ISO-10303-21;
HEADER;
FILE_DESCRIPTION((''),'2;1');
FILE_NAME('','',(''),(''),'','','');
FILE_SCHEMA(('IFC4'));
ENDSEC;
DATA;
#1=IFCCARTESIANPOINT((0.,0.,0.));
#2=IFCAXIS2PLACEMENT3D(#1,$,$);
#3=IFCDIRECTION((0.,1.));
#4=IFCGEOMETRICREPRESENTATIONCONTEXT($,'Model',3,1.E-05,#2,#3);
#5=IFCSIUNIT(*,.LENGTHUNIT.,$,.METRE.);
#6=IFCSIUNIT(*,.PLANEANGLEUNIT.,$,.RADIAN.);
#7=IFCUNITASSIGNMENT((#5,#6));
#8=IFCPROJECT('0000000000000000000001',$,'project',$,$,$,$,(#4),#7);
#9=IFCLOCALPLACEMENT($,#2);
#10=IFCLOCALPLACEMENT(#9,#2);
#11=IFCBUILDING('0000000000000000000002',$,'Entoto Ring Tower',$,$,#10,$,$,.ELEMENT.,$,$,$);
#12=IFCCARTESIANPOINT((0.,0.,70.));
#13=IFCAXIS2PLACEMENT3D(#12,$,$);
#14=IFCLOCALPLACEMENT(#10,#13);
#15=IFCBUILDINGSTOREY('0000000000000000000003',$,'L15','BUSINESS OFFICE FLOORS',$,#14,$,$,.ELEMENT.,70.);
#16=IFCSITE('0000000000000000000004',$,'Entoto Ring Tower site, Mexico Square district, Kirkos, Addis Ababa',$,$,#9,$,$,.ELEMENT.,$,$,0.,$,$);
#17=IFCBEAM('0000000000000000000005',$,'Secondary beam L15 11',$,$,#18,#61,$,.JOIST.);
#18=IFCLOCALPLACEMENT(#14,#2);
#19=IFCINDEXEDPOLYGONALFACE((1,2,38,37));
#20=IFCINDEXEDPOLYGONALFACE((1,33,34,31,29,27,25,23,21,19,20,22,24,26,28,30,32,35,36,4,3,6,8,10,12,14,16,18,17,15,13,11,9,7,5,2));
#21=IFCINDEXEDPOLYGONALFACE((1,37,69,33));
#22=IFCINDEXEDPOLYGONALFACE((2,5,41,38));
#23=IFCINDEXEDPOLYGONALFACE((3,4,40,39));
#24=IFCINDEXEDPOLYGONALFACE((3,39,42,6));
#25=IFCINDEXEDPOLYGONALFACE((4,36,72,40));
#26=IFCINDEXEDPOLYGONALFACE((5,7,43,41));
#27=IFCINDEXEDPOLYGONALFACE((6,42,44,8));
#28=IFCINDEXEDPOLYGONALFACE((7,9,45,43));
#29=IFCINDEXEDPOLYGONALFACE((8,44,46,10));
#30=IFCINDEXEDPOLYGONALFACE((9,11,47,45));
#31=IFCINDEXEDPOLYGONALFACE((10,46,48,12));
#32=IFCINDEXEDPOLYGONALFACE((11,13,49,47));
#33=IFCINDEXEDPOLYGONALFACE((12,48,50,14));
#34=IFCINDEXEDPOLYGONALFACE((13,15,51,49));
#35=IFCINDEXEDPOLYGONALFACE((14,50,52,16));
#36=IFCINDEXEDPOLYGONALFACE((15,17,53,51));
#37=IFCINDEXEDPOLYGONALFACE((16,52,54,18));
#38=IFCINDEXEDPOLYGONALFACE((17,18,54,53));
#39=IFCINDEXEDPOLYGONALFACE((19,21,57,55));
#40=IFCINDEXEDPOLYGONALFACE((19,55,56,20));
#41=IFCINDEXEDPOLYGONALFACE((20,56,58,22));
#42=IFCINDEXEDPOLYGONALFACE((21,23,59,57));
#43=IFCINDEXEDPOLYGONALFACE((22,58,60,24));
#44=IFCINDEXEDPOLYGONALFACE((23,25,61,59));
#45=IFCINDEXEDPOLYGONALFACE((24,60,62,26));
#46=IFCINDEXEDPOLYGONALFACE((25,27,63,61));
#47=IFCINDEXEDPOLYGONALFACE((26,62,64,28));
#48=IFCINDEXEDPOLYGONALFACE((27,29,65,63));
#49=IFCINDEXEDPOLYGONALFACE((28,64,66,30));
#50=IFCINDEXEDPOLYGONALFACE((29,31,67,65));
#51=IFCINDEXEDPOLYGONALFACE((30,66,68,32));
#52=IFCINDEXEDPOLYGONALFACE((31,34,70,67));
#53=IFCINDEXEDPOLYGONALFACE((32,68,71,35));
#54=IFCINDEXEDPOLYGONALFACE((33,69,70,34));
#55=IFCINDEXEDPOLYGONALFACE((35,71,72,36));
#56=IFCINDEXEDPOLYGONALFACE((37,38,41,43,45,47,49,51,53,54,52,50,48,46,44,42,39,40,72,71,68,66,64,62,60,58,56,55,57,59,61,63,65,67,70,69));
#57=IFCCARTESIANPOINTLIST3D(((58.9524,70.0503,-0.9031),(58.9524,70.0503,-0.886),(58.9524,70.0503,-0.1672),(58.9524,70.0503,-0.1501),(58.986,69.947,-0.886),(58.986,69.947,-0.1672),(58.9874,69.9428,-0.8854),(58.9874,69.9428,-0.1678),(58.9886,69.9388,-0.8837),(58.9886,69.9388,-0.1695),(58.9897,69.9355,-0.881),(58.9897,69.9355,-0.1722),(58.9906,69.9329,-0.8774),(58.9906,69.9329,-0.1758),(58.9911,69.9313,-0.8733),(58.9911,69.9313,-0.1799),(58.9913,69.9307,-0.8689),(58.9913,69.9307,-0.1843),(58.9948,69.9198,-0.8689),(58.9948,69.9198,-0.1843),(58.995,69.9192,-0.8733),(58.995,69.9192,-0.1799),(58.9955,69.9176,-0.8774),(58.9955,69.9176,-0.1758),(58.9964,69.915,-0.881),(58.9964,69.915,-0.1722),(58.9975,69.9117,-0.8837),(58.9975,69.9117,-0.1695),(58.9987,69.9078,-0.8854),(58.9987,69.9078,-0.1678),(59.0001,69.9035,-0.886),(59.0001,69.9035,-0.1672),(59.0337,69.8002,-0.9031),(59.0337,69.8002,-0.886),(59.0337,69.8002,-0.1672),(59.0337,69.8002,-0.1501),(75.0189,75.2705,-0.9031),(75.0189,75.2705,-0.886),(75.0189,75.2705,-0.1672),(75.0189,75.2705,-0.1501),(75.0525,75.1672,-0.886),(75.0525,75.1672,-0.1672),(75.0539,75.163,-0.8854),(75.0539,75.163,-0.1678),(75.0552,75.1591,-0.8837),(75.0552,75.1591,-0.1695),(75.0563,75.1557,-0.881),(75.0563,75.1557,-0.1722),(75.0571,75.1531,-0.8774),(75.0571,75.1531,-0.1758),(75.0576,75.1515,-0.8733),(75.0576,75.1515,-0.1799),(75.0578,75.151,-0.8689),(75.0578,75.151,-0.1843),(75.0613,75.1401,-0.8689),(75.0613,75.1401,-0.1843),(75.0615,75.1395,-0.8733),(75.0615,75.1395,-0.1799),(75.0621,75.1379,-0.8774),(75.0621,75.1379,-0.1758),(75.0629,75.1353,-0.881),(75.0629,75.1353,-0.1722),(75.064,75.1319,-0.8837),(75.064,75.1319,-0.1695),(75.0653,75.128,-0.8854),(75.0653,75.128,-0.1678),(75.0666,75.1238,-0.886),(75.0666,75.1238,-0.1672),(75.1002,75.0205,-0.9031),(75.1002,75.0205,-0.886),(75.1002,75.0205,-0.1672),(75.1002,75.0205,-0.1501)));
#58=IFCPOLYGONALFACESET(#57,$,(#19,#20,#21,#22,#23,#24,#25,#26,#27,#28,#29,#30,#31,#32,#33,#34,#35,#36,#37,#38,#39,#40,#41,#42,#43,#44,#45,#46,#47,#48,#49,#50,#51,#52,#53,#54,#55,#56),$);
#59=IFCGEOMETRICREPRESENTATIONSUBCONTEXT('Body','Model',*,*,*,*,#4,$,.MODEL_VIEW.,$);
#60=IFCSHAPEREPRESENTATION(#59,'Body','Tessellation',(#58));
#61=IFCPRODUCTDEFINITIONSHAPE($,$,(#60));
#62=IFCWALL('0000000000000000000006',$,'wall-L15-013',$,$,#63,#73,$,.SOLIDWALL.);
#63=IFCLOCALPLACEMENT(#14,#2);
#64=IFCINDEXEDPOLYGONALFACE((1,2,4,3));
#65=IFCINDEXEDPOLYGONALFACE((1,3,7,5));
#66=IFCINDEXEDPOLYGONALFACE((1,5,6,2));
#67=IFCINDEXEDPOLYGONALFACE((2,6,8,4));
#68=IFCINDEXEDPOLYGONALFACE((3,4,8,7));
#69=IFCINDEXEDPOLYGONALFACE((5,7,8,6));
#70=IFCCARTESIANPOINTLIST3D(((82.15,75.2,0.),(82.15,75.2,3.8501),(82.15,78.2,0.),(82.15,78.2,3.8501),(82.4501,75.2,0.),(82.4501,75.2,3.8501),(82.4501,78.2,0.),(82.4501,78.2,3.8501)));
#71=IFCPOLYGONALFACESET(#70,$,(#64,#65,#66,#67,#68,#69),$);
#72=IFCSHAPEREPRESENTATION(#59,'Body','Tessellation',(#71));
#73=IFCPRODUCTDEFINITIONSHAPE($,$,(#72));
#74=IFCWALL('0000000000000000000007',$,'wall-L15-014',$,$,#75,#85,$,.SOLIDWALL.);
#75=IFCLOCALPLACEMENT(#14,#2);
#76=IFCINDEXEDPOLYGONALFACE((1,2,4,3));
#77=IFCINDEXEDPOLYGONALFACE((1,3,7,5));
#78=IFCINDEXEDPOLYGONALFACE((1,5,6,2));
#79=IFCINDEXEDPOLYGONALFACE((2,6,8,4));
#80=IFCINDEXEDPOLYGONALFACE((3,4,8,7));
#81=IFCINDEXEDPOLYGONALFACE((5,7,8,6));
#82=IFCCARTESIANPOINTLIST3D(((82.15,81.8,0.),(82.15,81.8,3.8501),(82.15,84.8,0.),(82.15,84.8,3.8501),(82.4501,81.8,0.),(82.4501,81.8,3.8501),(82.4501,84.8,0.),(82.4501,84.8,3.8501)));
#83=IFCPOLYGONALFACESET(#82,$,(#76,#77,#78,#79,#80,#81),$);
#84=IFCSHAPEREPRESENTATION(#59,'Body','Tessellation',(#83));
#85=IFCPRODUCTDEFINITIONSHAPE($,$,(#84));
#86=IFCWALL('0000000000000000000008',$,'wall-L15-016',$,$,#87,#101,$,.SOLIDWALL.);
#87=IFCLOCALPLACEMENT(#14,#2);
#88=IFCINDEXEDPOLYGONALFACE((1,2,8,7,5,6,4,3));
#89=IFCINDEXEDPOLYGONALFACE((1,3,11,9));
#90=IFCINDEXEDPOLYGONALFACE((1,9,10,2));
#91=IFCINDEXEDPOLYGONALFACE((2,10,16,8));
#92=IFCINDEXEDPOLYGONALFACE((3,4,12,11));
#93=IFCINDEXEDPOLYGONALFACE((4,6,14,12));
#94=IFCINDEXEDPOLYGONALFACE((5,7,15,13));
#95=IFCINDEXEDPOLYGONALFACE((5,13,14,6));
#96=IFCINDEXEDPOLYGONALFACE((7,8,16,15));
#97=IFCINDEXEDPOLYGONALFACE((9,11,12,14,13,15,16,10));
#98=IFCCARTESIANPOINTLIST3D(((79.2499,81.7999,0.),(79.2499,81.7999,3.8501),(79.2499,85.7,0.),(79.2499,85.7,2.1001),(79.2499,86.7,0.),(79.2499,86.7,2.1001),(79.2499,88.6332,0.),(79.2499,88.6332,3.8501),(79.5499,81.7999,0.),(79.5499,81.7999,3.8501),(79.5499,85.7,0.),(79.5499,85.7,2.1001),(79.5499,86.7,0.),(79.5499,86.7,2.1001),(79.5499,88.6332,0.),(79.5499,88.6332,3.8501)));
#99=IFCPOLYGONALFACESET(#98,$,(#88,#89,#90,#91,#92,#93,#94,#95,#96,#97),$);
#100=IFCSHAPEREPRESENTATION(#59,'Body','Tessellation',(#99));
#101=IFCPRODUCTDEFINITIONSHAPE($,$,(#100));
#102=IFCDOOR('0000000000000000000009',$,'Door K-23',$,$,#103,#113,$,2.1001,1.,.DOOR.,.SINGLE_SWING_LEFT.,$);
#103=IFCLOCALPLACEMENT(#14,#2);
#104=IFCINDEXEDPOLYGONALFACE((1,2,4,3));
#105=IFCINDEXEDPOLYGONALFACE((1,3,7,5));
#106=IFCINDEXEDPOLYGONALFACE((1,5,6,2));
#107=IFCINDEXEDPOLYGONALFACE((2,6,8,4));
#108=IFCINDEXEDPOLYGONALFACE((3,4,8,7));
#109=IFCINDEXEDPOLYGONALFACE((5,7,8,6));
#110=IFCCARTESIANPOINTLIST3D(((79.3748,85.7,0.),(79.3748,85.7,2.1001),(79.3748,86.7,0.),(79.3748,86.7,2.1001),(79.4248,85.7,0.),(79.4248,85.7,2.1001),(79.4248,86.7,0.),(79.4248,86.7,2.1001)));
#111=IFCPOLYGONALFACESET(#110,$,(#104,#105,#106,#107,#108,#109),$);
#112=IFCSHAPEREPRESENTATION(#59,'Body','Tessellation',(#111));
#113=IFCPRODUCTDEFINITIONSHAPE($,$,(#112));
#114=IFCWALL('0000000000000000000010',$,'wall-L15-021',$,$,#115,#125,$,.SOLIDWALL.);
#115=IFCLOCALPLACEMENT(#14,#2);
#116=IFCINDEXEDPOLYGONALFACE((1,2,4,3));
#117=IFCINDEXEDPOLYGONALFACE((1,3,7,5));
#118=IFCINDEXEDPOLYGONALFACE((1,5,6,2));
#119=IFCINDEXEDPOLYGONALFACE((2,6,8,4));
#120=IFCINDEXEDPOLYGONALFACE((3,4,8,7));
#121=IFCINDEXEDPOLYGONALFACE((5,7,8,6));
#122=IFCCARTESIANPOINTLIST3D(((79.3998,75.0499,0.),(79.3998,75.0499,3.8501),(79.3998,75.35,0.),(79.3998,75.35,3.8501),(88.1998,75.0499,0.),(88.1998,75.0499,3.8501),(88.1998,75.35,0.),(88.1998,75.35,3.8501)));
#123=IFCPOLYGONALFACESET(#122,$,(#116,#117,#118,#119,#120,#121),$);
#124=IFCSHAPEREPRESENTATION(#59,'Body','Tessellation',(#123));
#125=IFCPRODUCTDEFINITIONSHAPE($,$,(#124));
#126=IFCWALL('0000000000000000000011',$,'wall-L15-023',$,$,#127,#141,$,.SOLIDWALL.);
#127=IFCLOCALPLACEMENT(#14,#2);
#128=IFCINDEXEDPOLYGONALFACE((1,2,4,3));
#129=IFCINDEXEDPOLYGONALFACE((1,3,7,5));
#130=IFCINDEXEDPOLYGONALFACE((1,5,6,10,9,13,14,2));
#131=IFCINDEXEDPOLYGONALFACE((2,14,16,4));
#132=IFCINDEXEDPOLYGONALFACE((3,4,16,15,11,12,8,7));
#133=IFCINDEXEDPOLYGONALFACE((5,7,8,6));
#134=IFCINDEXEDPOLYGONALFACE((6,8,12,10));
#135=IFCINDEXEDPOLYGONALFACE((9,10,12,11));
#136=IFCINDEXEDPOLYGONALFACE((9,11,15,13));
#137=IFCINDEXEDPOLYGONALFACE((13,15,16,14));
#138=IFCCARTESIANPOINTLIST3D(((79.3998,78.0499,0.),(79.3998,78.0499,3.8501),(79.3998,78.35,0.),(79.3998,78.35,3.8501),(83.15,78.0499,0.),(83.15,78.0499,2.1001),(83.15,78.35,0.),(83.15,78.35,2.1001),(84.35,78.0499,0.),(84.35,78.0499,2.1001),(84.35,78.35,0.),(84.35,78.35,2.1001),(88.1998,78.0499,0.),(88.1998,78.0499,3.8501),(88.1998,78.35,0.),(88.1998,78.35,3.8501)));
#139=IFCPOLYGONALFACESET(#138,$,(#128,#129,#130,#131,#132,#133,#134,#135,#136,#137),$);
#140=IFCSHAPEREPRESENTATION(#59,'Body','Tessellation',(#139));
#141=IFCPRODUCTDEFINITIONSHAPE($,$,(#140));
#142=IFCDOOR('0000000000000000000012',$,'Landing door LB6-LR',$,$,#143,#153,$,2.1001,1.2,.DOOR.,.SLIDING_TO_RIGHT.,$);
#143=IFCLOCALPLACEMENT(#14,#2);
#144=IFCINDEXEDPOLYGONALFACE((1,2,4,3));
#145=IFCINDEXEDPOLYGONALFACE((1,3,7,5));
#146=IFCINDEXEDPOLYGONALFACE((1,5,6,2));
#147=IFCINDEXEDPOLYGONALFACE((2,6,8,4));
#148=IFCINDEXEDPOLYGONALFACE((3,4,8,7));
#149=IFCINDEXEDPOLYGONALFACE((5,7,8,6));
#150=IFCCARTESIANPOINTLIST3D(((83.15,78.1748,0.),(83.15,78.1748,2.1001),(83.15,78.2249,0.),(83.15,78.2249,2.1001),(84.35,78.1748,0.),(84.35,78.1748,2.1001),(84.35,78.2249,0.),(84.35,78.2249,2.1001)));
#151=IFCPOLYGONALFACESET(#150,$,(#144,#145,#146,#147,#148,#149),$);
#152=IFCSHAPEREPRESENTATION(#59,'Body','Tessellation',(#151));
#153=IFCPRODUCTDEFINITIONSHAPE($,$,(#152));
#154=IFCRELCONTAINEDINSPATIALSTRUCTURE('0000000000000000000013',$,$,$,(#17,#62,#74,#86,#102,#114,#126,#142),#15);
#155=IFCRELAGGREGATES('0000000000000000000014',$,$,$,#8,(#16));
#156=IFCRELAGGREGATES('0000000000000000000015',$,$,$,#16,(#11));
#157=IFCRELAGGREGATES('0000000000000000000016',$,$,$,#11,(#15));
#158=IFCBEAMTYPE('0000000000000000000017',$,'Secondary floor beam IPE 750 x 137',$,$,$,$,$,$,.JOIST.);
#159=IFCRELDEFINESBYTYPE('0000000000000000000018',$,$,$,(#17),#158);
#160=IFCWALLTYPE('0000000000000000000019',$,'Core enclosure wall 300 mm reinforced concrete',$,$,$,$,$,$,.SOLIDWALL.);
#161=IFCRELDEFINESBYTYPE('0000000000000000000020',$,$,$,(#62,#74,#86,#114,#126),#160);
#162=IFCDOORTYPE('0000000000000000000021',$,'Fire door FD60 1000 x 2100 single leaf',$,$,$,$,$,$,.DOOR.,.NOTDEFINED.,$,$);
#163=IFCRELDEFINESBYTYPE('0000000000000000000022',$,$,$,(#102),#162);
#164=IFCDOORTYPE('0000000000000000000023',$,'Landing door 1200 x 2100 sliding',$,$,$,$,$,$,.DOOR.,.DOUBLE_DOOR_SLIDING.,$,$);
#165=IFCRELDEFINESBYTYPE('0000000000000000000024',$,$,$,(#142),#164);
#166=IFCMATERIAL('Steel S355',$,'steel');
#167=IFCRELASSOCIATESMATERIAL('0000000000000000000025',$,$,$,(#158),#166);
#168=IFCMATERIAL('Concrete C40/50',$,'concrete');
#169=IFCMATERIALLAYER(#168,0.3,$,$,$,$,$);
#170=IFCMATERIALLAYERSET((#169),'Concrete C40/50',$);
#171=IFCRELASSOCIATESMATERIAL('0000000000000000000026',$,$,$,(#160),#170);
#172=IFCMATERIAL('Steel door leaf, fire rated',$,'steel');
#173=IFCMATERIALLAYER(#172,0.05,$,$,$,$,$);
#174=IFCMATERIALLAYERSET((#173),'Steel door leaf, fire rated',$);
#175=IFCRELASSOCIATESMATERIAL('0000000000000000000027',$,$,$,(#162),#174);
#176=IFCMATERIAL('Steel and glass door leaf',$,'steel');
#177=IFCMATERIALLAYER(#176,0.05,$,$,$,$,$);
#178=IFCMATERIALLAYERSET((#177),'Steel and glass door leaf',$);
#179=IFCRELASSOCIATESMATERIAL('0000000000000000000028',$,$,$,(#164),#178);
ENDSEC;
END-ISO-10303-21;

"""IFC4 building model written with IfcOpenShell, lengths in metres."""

from ifc_helpers import new_model, si_unit, direction, frame, frame_2d, origin, origin_2d, place, context, subcontext, project, spatial, rectangle, i_section, extrude, material, layer, layer_set, material_profile, profile_set, type_object, element, fill, save


model = new_model("IFC4")

# Units and contexts
model_context = context("Model", 3, precision=1e-05, world=origin(), true_north=direction((0.0, 1.0)))
body_context = subcontext(model_context, "Body", "Model", "MODEL_VIEW")
ifc_project = project(units=[si_unit("LENGTHUNIT", "METRE"), si_unit("PLANEANGLEUNIT", "RADIAN")], contexts=[model_context])

# Site, building, storey
site_placement = place(None, origin())
site = spatial("IfcSite", under=ifc_project, at=site_placement, Name="Entoto Ring Tower site, Mexico Square district, Kirkos, Addis Ababa", CompositionType="ELEMENT", RefElevation=0.0)
building_placement = place(site_placement, origin())
building = spatial("IfcBuilding", under=site, at=building_placement, Name="Entoto Ring Tower", CompositionType="ELEMENT")
storey_placement = place(building_placement, frame((0.0, 0.0, 70.0)))
storey = spatial("IfcBuildingStorey", under=building, at=storey_placement, Name="L15", Description="BUSINESS OFFICE FLOORS", CompositionType="ELEMENT", Elevation=70.0)

# Beam
ifc_material_1 = material(Name="Steel S355", Category="steel")
ifc_material_profile_1 = material_profile(ifc_material_1, i_section(OverallWidth=0.2629, OverallDepth=0.7529, WebThickness=0.0115, FlangeThickness=0.0171, FilletRadius=0.0171, at=origin_2d()), Name="IPE 750 x 137")
ifc_profile_set_1 = profile_set([ifc_material_profile_1], Name="Steel S355")
beam_type_1 = type_object("IfcBeamType", Name="Secondary floor beam IPE 750 x 137", PredefinedType="JOIST", material=ifc_profile_set_1)
beam_1_placement = place(storey_placement, frame((75.0596, 75.1455, -0.5266), z_axis=(-0.951058, -0.309013, 0.0), x_axis=(0.309013, -0.951058, 0.0)))
element("IfcBeam", 1, at=beam_1_placement, inside=storey, type_object=beam_type_1, Name="Secondary beam L15 11", PredefinedType="JOIST", context=body_context, shape_type="SweptSolid", body=[
    extrude(i_section(OverallWidth=0.2629, OverallDepth=0.7529, WebThickness=0.0115, FlangeThickness=0.0171, FilletRadius=0.0171, at=origin_2d()), origin(), (0.0, 0.0, 1.0), 16.8933),
])

# Walls
ifc_material_2 = material(Name="Concrete C40/50", Category="concrete")
ifc_layer_1 = layer(ifc_material_2, 0.3)
ifc_layer_set_1 = layer_set([ifc_layer_1], Name="Concrete C40/50")
wall_type_1 = type_object("IfcWallType", Name="Core enclosure wall 300 mm reinforced concrete", PredefinedType="SOLIDWALL", material=ifc_layer_set_1)
for number, where, z_axis, x_axis, name in (
    (2, (82.3, 75.2, 0.0), (0.0, 0.0, 1.0), (0.0, 1.0, 0.0), "wall-L15-013"),
    (3, (82.3, 81.8, 0.0), (0.0, 0.0, 1.0), (0.0, 1.0, 0.0), "wall-L15-014"),
):
    element("IfcWall", number, at=place(storey_placement, frame(where, z_axis=z_axis, x_axis=x_axis)), inside=storey, type_object=wall_type_1, Name=name, PredefinedType="SOLIDWALL", context=body_context, shape_type="SweptSolid", body=[
        extrude(rectangle(XDim=3.0, YDim=0.3, at=frame_2d((1.5, 0.0))), origin(), (0.0, 0.0, 1.0), 3.8501),
    ])

# Wall, opening, door
wall_1_placement = place(storey_placement, frame((79.3999, 81.8, 0.0), z_axis=(0.0, 0.0, 1.0), x_axis=(0.0, 1.0, 0.0)))
wall_1 = element("IfcWall", 4, at=wall_1_placement, inside=storey, type_object=wall_type_1, Name="wall-L15-016", PredefinedType="SOLIDWALL", context=body_context, shape_type="SweptSolid", body=[
    extrude(rectangle(XDim=6.8333, YDim=0.3, at=frame_2d((3.4165, 0.0))), origin(), (0.0, 0.0, 1.0), 3.8501),
])
opening_1_placement = place(wall_1_placement, frame((3.8999, 0.0, 0.0)))
opening_1 = element("IfcOpeningElement", 5, at=opening_1_placement, cuts=wall_1, PredefinedType="OPENING", context=body_context, shape_type="SweptSolid", body=[
    extrude(rectangle(XDim=1.0, YDim=2.1001, at=frame_2d((0.5, 1.05))), frame((0.0, 0.1602, 0.0), z_axis=(0.0, -1.0, 0.0), x_axis=(1.0, 0.0, 0.0)), (0.0, 0.0, 1.0), 0.3201),
])
ifc_material_3 = material(Name="Steel door leaf, fire rated", Category="steel")
ifc_layer_2 = layer(ifc_material_3, 0.05)
ifc_layer_set_2 = layer_set([ifc_layer_2], Name="Steel door leaf, fire rated")
door_type_1 = type_object("IfcDoorType", Name="Fire door FD60 1000 x 2100 single leaf", OperationType="NOTDEFINED", PredefinedType="DOOR", material=ifc_layer_set_2)
door_1_placement = place(opening_1_placement, frame((1.0, 0.0, 0.0), z_axis=(0.0, 0.0, 1.0), x_axis=(-1.0, 0.0, 0.0)))
door_1 = element("IfcDoor", 6, at=door_1_placement, inside=storey, type_object=door_type_1, Name="Door K-23", OperationType="SINGLE_SWING_LEFT", OverallHeight=2.1001, OverallWidth=1.0, PredefinedType="DOOR", context=body_context, shape_type="SweptSolid", body=[
    extrude(rectangle(XDim=1.0, YDim=2.1001, at=frame_2d((0.5, 1.05))), frame((0.0, 0.0249, 0.0), z_axis=(0.0, -1.0, 0.0), x_axis=(1.0, 0.0, 0.0)), (0.0, 0.0, 1.0), 0.05),
])
fill(opening_1, door_1)

# Wall
wall_2_placement = place(storey_placement, frame((79.3999, 75.2, 0.0), z_axis=(0.0, 0.0, 1.0), x_axis=(1.0, 0.0, 0.0)))
element("IfcWall", 7, at=wall_2_placement, inside=storey, type_object=wall_type_1, Name="wall-L15-021", PredefinedType="SOLIDWALL", context=body_context, shape_type="SweptSolid", body=[
    extrude(rectangle(XDim=8.8, YDim=0.3, at=frame_2d((4.3999, 0.0))), origin(), (0.0, 0.0, 1.0), 3.8501),
])

# Wall, opening, door
wall_3_placement = place(storey_placement, frame((79.3999, 78.2, 0.0), z_axis=(0.0, 0.0, 1.0), x_axis=(1.0, 0.0, 0.0)))
wall_3 = element("IfcWall", 8, at=wall_3_placement, inside=storey, type_object=wall_type_1, Name="wall-L15-023", PredefinedType="SOLIDWALL", context=body_context, shape_type="SweptSolid", body=[
    extrude(rectangle(XDim=8.8, YDim=0.3, at=frame_2d((4.3999, 0.0))), origin(), (0.0, 0.0, 1.0), 3.8501),
])
opening_2_placement = place(wall_3_placement, frame((3.75, 0.0, 0.0)))
opening_2 = element("IfcOpeningElement", 9, at=opening_2_placement, cuts=wall_3, PredefinedType="OPENING", context=body_context, shape_type="SweptSolid", body=[
    extrude(rectangle(XDim=1.2, YDim=2.1001, at=frame_2d((0.6001, 1.05))), frame((0.0, 0.1602, 0.0), z_axis=(0.0, -1.0, 0.0), x_axis=(1.0, 0.0, 0.0)), (0.0, 0.0, 1.0), 0.3201),
])
ifc_material_4 = material(Name="Steel and glass door leaf", Category="steel")
ifc_layer_3 = layer(ifc_material_4, 0.05)
ifc_layer_set_3 = layer_set([ifc_layer_3], Name="Steel and glass door leaf")
door_type_2 = type_object("IfcDoorType", Name="Landing door 1200 x 2100 sliding", OperationType="DOUBLE_DOOR_SLIDING", PredefinedType="DOOR", material=ifc_layer_set_3)
door_2_placement = place(opening_2_placement, origin())
door_2 = element("IfcDoor", 10, at=door_2_placement, inside=storey, type_object=door_type_2, Name="Landing door LB6-LR", OperationType="SLIDING_TO_RIGHT", OverallHeight=2.1001, OverallWidth=1.2, PredefinedType="DOOR", context=body_context, shape_type="SweptSolid", body=[
    extrude(rectangle(XDim=1.2, YDim=2.1001, at=frame_2d((0.6001, 1.05))), frame((0.0, 0.0249, 0.0), z_axis=(0.0, -1.0, 0.0), x_axis=(1.0, 0.0, 0.0)), (0.0, 0.0, 1.0), 0.05),
])
fill(opening_2, door_2)

save(model, "model.ifc")
